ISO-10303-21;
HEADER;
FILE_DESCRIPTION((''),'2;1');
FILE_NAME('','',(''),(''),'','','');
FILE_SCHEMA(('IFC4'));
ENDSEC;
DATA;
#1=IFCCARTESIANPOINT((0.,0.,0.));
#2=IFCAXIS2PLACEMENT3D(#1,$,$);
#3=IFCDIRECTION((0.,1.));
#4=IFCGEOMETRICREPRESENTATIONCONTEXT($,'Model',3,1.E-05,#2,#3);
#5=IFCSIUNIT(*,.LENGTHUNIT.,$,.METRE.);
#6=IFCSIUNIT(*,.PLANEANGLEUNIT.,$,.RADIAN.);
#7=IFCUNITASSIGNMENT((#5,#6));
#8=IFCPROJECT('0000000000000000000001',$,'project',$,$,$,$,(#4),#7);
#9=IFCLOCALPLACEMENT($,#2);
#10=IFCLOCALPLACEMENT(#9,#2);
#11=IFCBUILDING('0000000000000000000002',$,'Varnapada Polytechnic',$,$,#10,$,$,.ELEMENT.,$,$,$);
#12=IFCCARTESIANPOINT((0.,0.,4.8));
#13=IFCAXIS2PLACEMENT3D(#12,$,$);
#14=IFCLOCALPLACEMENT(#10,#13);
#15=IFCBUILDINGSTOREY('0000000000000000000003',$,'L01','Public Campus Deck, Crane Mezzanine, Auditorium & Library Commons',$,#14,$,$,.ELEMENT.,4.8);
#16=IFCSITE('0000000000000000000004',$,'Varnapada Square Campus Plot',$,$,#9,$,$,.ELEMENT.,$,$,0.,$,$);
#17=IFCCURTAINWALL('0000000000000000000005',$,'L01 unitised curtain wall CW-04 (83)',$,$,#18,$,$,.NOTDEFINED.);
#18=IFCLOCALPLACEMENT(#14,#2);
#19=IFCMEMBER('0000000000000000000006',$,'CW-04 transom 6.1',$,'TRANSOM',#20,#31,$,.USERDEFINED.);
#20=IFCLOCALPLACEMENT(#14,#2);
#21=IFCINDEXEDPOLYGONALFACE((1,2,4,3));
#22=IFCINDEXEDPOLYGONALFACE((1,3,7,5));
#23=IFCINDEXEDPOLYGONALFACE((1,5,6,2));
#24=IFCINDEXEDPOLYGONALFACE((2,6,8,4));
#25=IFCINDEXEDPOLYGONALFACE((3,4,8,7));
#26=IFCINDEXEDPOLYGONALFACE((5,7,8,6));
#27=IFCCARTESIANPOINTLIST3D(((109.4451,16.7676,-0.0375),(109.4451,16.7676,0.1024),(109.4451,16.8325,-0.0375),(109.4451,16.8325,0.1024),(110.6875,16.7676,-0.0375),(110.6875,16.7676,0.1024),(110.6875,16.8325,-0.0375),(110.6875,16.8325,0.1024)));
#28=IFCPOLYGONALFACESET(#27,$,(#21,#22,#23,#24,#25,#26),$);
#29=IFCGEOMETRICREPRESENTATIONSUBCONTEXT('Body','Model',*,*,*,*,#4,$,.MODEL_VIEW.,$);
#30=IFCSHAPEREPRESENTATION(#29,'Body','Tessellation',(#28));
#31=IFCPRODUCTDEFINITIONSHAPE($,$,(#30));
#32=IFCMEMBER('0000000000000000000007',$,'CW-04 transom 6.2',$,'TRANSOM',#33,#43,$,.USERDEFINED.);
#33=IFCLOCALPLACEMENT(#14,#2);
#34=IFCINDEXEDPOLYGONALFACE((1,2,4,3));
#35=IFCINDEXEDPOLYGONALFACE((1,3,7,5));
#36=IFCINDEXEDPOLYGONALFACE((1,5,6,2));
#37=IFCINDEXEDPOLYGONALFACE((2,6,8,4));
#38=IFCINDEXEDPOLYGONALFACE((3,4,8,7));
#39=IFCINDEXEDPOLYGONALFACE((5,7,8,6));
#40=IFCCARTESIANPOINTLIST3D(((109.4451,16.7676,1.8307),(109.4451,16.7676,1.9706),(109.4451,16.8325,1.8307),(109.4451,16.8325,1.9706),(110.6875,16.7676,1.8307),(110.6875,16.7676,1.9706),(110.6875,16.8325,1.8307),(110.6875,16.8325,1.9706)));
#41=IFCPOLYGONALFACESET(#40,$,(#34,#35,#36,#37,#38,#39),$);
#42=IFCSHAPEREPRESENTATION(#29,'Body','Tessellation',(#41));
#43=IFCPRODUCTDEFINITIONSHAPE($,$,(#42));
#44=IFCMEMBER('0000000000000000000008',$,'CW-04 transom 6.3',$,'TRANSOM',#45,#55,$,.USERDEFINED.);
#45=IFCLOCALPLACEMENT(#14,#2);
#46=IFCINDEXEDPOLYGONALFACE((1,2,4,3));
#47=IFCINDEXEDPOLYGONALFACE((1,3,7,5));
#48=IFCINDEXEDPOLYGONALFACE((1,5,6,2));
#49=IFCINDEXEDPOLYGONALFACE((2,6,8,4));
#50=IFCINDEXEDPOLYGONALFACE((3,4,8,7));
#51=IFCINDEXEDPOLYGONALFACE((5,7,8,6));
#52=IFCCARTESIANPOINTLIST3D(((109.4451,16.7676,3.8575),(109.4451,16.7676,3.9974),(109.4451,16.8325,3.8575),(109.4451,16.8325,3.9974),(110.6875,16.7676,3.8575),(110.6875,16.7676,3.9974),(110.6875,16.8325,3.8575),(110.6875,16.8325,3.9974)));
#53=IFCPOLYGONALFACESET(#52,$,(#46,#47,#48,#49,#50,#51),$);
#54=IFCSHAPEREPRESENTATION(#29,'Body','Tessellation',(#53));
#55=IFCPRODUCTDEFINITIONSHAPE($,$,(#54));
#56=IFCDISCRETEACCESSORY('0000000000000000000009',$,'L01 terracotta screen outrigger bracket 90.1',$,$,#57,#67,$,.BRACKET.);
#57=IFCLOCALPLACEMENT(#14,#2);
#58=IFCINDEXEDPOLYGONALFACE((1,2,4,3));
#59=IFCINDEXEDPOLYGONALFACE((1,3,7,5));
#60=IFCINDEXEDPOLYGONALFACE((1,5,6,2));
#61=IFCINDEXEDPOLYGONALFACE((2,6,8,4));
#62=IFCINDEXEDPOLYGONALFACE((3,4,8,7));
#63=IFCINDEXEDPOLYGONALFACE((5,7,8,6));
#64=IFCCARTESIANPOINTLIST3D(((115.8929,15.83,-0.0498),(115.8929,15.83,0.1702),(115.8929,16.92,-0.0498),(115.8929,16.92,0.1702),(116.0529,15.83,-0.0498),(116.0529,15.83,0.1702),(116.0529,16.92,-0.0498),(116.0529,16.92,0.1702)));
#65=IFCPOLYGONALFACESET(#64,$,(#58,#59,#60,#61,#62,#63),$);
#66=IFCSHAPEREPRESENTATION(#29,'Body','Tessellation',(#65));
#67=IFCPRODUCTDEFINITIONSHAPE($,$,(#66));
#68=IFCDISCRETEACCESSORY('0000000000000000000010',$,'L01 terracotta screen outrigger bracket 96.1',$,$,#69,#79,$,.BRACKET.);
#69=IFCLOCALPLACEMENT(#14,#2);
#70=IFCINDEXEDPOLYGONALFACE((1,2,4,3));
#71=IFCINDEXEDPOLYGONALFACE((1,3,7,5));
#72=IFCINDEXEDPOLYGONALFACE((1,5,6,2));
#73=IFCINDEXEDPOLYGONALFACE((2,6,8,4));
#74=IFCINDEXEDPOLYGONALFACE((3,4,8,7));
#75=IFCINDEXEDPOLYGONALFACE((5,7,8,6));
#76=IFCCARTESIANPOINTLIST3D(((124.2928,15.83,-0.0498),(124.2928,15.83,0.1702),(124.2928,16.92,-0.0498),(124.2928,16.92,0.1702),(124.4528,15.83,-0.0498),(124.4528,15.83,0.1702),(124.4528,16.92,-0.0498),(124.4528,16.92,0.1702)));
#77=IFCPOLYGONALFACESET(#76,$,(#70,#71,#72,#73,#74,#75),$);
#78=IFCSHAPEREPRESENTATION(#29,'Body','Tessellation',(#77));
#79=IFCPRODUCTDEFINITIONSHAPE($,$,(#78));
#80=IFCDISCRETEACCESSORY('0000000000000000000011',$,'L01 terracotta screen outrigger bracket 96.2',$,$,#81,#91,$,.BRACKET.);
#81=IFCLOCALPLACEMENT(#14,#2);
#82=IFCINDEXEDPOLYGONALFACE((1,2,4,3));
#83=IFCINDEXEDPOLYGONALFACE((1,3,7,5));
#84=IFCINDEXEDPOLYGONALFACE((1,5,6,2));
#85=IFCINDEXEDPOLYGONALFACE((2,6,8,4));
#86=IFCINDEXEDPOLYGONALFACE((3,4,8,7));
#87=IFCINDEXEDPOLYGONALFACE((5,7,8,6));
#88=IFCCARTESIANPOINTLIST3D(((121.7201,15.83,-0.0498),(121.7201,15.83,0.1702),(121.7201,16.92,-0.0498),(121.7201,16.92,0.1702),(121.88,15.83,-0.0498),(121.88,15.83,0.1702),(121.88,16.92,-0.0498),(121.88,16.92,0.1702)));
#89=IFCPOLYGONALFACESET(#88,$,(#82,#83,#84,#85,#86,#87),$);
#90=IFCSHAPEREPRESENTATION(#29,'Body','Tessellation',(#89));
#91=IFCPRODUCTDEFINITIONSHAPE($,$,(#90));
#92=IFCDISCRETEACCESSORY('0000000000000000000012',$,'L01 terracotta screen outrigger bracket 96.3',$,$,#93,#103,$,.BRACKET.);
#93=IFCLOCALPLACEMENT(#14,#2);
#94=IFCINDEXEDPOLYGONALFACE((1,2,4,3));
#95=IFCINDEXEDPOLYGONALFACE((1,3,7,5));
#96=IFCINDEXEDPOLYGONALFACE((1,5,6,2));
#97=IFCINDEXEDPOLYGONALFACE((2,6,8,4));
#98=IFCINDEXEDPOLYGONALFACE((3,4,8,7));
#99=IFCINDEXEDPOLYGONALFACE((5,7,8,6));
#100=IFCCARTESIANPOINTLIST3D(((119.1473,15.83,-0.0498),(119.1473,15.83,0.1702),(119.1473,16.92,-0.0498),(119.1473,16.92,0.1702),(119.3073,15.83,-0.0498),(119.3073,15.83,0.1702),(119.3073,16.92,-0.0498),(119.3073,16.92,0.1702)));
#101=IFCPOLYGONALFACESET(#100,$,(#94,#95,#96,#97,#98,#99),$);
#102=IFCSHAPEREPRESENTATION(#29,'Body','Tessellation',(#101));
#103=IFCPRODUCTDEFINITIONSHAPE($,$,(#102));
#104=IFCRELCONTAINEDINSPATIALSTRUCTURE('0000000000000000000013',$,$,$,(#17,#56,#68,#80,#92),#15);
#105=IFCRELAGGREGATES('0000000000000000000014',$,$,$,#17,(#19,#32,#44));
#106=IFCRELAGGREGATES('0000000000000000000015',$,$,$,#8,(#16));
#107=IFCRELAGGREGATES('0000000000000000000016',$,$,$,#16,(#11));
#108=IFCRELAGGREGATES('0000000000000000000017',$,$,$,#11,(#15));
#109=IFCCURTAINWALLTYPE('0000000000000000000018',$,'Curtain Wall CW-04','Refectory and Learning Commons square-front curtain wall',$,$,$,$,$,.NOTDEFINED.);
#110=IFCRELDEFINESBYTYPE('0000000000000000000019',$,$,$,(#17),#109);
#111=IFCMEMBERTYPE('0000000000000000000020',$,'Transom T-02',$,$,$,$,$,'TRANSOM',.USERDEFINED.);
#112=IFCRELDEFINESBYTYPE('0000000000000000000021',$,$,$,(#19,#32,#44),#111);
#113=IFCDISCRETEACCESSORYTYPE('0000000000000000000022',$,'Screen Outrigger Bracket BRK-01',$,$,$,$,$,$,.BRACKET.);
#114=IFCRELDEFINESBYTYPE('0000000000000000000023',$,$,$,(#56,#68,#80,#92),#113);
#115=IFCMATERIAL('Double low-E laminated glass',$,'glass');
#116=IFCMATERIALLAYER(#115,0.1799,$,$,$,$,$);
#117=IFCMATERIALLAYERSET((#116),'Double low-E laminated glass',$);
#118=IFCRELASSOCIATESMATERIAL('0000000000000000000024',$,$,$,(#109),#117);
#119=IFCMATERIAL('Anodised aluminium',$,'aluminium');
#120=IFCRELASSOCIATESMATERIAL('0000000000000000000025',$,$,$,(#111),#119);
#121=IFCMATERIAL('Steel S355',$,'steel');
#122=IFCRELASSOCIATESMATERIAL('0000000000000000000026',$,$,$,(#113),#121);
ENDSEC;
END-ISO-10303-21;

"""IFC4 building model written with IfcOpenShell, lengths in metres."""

from ifc_helpers import new_model, si_unit, direction, frame, origin, origin_2d, place, context, subcontext, project, spatial, rectangle, extrude, material, layer, layer_set, material_profile, profile_set, type_object, element, aggregate, save


model = new_model("IFC4")

# Units and contexts
model_context = context("Model", 3, precision=1e-05, world=origin(), true_north=direction((0.0, 1.0)))
body_context = subcontext(model_context, "Body", "Model", "MODEL_VIEW")
ifc_project = project(units=[si_unit("LENGTHUNIT", "METRE"), si_unit("PLANEANGLEUNIT", "RADIAN")], contexts=[model_context])

# Site, building, storey
site_placement = place(None, origin())
site = spatial("IfcSite", under=ifc_project, at=site_placement, Name="Varnapada Square Campus Plot", CompositionType="ELEMENT", RefElevation=0.0)
building_placement = place(site_placement, origin())
building = spatial("IfcBuilding", under=site, at=building_placement, Name="Varnapada Polytechnic", CompositionType="ELEMENT")
storey_placement = place(building_placement, frame((0.0, 0.0, 4.8)))
storey = spatial("IfcBuildingStorey", under=building, at=storey_placement, Name="L01", Description="Public Campus Deck, Crane Mezzanine, Auditorium & Library Commons", CompositionType="ELEMENT", Elevation=4.8)

# Curtain wall, members
ifc_material_1 = material(Name="Double low-E laminated glass", Category="glass")
ifc_layer = layer(ifc_material_1, 0.1799)
ifc_layer_set = layer_set([ifc_layer], Name="Double low-E laminated glass")
curtain_wall_type = type_object("IfcCurtainWallType", Name="Curtain Wall CW-04", Description="Refectory and Learning Commons square-front curtain wall", PredefinedType="NOTDEFINED", material=ifc_layer_set)
curtain_wall_placement = place(storey_placement, origin())
curtain_wall = element("IfcCurtainWall", 1, at=curtain_wall_placement, inside=storey, type_object=curtain_wall_type, Name="L01 unitised curtain wall CW-04 (83)", PredefinedType="NOTDEFINED")
ifc_material_2 = material(Name="Anodised aluminium", Category="aluminium")
ifc_material_profile = material_profile(ifc_material_2, rectangle(XDim=0.0649, YDim=0.1399, at=origin_2d()), Name="ALU T65x140")
ifc_profile_set = profile_set([ifc_material_profile], Name="Anodised aluminium")
member_type = type_object("IfcMemberType", Name="Transom T-02", ElementType="TRANSOM", PredefinedType="USERDEFINED", material=ifc_profile_set)
member_1_placement = place(storey_placement, frame((110.6875, 16.8, 0.0325), z_axis=(-1.0, 0.0, 0.0), x_axis=(0.0, -1.0, 0.0)))
member_1 = element("IfcMember", 2, at=member_1_placement, type_object=member_type, Name="CW-04 transom 6.1", ObjectType="TRANSOM", PredefinedType="USERDEFINED", context=body_context, shape_type="SweptSolid", body=[
    extrude(rectangle(XDim=0.0649, YDim=0.1399, at=origin_2d()), origin(), (0.0, 0.0, 1.0), 1.2424),
])
member_2_placement = place(storey_placement, frame((110.6875, 16.8, 1.9006), z_axis=(-1.0, 0.0, 0.0), x_axis=(0.0, -1.0, 0.0)))
member_2 = element("IfcMember", 3, at=member_2_placement, type_object=member_type, Name="CW-04 transom 6.2", ObjectType="TRANSOM", PredefinedType="USERDEFINED", context=body_context, shape_type="SweptSolid", body=[
    extrude(rectangle(XDim=0.0649, YDim=0.1399, at=origin_2d()), origin(), (0.0, 0.0, 1.0), 1.2424),
])
member_3_placement = place(storey_placement, frame((110.6875, 16.8, 3.9275), z_axis=(-1.0, 0.0, 0.0), x_axis=(0.0, -1.0, 0.0)))
member_3 = element("IfcMember", 4, at=member_3_placement, type_object=member_type, Name="CW-04 transom 6.3", ObjectType="TRANSOM", PredefinedType="USERDEFINED", context=body_context, shape_type="SweptSolid", body=[
    extrude(rectangle(XDim=0.0649, YDim=0.1399, at=origin_2d()), origin(), (0.0, 0.0, 1.0), 1.2424),
])
aggregate(curtain_wall, [member_1, member_2, member_3])

# Discrete accessories
ifc_material_3 = material(Name="Steel S355", Category="steel")
discrete_accessory_type = type_object("IfcDiscreteAccessoryType", Name="Screen Outrigger Bracket BRK-01", PredefinedType="BRACKET", material=ifc_material_3)
for number, where, z_axis, x_axis, name in (
    (5, (115.9729, 16.375, -0.0498), (0.0, 0.0, 1.0), (-1.0, 0.0, 0.0), "L01 terracotta screen outrigger bracket 90.1"),
    (6, (124.3728, 16.375, -0.0498), (0.0, 0.0, 1.0), (-1.0, 0.0, 0.0), "L01 terracotta screen outrigger bracket 96.1"),
    (7, (121.8, 16.375, -0.0498), (0.0, 0.0, 1.0), (-1.0, 0.0, 0.0), "L01 terracotta screen outrigger bracket 96.2"),
    (8, (119.2273, 16.375, -0.0498), (0.0, 0.0, 1.0), (-1.0, 0.0, 0.0), "L01 terracotta screen outrigger bracket 96.3"),
):
    element("IfcDiscreteAccessory", number, at=place(storey_placement, frame(where, z_axis=z_axis, x_axis=x_axis)), inside=storey, type_object=discrete_accessory_type, Name=name, PredefinedType="BRACKET", context=body_context, shape_type="SweptSolid", body=[
        extrude(rectangle(XDim=0.1599, YDim=1.0901, at=origin_2d()), origin(), (0.0, 0.0, 1.0), 0.22),
    ])

save(model, "model.ifc")
